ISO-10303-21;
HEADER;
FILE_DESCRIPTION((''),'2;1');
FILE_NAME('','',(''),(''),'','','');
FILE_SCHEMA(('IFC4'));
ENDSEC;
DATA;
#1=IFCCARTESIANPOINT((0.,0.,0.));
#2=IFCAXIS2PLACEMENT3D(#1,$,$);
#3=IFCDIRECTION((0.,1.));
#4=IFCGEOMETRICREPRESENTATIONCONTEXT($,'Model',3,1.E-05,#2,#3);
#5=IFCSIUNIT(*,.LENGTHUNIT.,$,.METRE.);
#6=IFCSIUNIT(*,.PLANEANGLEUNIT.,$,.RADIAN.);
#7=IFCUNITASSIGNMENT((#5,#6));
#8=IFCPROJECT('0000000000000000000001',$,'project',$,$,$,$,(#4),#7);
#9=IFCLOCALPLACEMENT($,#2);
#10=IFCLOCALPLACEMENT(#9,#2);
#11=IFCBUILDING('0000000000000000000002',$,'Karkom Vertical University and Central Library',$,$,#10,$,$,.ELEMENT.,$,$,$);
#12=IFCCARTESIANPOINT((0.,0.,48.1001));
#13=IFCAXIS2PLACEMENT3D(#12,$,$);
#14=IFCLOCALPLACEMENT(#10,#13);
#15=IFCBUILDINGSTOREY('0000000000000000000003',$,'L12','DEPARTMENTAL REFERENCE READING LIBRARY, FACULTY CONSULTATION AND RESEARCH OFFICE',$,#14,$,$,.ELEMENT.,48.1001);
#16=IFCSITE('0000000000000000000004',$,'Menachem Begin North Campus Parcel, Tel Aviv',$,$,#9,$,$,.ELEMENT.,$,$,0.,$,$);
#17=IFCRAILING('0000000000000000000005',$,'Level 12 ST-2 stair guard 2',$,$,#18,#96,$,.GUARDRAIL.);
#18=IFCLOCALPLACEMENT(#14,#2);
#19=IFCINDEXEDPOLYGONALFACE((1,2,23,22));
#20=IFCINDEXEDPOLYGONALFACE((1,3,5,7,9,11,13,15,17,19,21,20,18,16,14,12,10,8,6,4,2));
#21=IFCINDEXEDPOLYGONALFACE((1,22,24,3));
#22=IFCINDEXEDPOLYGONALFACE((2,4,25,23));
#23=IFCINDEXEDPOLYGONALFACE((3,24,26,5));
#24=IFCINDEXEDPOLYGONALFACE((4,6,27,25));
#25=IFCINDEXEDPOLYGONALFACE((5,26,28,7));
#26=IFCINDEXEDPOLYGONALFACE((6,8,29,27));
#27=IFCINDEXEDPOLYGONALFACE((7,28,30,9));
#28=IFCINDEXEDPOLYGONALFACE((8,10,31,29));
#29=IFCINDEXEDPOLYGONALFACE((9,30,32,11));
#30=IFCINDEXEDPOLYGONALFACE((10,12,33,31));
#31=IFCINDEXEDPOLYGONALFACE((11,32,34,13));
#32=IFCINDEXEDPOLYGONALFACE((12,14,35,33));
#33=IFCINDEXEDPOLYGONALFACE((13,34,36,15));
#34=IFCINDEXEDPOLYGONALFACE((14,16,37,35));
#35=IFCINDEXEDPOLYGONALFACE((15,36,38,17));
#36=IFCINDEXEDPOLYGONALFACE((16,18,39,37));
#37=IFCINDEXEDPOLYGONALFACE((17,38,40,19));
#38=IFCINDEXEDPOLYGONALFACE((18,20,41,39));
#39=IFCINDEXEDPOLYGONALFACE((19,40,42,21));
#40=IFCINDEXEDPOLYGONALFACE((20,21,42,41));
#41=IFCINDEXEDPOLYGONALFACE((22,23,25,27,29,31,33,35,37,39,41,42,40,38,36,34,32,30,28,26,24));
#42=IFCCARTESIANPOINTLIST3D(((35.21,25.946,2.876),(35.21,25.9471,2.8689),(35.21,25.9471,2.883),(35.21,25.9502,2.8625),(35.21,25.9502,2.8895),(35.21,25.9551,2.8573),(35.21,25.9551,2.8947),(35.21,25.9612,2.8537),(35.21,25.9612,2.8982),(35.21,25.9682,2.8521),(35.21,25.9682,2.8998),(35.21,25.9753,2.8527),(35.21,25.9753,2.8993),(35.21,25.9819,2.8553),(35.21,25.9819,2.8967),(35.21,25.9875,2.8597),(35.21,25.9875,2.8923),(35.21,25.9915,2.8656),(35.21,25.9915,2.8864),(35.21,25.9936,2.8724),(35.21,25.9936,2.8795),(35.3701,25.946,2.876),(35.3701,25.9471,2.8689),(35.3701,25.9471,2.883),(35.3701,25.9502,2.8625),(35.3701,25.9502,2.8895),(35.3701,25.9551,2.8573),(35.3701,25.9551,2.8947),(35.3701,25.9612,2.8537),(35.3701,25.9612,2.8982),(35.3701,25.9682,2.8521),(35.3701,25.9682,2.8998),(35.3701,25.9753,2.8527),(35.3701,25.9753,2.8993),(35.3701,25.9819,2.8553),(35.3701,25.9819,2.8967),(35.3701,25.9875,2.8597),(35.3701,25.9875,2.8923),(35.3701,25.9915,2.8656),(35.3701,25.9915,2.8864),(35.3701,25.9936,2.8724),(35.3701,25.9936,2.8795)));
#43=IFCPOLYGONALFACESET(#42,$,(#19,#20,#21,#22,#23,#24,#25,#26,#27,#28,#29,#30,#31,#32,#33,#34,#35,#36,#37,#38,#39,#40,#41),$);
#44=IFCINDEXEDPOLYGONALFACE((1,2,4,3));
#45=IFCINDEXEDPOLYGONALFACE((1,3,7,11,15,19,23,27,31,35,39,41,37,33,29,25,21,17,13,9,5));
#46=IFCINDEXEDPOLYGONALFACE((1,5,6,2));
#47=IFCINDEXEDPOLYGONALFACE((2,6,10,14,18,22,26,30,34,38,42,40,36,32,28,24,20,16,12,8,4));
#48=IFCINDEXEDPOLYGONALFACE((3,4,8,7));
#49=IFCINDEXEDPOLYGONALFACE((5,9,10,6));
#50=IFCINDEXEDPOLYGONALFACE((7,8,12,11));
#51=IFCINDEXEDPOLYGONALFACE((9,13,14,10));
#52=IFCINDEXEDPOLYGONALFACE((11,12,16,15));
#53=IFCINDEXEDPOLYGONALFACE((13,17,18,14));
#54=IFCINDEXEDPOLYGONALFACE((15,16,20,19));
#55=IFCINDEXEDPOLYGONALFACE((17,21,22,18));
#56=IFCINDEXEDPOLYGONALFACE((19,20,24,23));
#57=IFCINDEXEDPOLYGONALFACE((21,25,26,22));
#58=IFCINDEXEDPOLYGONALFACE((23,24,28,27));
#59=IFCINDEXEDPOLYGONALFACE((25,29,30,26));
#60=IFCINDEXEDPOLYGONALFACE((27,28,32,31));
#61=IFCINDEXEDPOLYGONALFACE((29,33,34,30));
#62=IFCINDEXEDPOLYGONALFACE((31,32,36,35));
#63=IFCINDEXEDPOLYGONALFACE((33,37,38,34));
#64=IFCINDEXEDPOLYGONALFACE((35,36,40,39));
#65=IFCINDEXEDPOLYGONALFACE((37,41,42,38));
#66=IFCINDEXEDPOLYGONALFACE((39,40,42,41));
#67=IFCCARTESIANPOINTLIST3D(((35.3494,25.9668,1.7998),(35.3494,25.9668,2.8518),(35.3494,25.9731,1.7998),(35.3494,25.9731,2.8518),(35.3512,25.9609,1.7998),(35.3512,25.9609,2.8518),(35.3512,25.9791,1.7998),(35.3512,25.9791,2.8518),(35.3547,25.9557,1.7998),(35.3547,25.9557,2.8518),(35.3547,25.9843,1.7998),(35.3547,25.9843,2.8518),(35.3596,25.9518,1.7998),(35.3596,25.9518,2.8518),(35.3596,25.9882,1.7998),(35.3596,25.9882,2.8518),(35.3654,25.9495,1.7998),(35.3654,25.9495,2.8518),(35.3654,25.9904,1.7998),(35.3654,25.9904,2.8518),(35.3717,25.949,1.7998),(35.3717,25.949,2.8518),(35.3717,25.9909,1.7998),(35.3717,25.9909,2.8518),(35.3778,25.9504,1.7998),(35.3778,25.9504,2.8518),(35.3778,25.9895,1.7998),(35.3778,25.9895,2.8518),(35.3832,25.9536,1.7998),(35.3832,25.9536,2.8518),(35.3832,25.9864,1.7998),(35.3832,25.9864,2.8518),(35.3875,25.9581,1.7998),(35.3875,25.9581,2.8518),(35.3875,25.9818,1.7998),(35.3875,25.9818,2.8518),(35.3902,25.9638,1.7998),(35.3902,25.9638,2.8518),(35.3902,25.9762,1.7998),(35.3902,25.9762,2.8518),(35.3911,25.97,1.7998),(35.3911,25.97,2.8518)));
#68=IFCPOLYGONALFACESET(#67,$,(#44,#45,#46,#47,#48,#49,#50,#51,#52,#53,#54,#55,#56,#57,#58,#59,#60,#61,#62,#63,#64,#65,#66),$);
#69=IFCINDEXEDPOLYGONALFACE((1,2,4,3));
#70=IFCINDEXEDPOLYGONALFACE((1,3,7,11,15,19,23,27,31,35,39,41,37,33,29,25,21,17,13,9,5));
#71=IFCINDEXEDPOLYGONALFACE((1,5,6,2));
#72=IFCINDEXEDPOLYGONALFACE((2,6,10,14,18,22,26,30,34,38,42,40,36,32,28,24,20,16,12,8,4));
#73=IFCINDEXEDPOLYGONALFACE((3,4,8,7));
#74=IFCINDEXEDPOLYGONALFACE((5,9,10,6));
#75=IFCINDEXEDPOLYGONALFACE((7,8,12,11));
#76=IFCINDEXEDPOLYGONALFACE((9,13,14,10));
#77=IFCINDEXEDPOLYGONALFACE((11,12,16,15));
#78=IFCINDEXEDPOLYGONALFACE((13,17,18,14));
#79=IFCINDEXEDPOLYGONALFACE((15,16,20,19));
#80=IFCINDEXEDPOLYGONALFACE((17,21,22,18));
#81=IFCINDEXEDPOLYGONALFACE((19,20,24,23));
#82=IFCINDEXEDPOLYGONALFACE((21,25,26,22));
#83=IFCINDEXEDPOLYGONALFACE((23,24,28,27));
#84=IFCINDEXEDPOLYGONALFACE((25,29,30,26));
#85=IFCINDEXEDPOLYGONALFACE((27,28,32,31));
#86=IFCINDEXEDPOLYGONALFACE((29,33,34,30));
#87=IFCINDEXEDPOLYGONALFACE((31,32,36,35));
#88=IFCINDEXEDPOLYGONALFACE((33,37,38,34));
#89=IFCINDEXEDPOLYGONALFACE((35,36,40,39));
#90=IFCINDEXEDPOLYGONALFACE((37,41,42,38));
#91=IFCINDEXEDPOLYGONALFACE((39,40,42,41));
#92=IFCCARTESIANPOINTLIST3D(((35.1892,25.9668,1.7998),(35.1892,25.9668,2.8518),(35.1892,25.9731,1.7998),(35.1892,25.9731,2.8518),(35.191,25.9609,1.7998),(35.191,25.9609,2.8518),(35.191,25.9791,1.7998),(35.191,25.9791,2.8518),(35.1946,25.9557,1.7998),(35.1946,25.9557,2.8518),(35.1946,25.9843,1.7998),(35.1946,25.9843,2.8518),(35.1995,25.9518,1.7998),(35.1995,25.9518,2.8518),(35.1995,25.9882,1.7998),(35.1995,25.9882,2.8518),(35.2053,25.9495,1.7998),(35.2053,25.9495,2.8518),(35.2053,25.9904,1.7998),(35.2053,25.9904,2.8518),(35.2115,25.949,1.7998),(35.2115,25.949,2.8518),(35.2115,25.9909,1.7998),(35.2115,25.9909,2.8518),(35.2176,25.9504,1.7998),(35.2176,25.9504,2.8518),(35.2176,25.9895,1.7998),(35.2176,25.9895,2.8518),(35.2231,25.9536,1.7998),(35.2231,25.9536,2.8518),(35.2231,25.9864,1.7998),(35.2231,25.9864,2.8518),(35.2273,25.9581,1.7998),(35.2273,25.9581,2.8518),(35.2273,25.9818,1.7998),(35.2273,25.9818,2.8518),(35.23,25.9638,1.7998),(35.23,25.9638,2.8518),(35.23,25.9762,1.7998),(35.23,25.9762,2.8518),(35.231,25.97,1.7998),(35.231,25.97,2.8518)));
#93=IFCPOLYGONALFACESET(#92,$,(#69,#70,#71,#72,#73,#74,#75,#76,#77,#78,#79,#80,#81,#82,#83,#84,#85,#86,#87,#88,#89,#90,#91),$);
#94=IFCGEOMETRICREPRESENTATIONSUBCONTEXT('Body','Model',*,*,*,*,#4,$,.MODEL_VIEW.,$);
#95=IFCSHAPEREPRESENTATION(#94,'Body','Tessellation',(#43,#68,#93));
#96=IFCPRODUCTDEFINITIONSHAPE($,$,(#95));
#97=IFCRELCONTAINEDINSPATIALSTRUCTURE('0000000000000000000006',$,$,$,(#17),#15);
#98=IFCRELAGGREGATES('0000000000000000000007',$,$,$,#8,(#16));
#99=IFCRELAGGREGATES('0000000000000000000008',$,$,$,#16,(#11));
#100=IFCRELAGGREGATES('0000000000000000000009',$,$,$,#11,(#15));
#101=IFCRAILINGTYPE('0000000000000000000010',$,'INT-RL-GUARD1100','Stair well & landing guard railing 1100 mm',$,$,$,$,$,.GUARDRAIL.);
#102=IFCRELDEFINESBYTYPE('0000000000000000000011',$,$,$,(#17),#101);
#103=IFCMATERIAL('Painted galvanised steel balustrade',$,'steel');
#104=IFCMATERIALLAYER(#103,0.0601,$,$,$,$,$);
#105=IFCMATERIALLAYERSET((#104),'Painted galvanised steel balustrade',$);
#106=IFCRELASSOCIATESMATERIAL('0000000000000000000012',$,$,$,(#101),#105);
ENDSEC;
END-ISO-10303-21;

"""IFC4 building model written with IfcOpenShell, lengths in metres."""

from ifc_helpers import new_model, si_unit, direction, frame, origin, origin_2d, place, context, subcontext, project, spatial, circle, extrude, material, layer, layer_set, type_object, element, save


model = new_model("IFC4")

# Units and contexts
model_context = context("Model", 3, precision=1e-05, world=origin(), true_north=direction((0.0, 1.0)))
body_context = subcontext(model_context, "Body", "Model", "MODEL_VIEW")
ifc_project = project(units=[si_unit("LENGTHUNIT", "METRE"), si_unit("PLANEANGLEUNIT", "RADIAN")], contexts=[model_context])

# Site, building, storey
site_placement = place(None, origin())
site = spatial("IfcSite", under=ifc_project, at=site_placement, Name="Menachem Begin North Campus Parcel, Tel Aviv", CompositionType="ELEMENT", RefElevation=0.0)
building_placement = place(site_placement, origin())
building = spatial("IfcBuilding", under=site, at=building_placement, Name="Karkom Vertical University and Central Library", CompositionType="ELEMENT")
storey_placement = place(building_placement, frame((0.0, 0.0, 48.1001)))
storey = spatial("IfcBuildingStorey", under=building, at=storey_placement, Name="L12", Description="DEPARTMENTAL REFERENCE READING LIBRARY, FACULTY CONSULTATION AND RESEARCH OFFICE", CompositionType="ELEMENT", Elevation=48.1001)

# Railing
ifc_material_1 = material(Name="Painted galvanised steel balustrade", Category="steel")
ifc_layer_1 = layer(ifc_material_1, 0.0601)
ifc_layer_set_1 = layer_set([ifc_layer_1], Name="Painted galvanised steel balustrade")
railing_type = type_object("IfcRailingType", Name="INT-RL-GUARD1100", Description="Stair well & landing guard railing 1100 mm", PredefinedType="GUARDRAIL", material=ifc_layer_set_1)
railing_1_placement = place(storey_placement, frame((35.3701, 25.97, 1.7998)))
element("IfcRailing", 1, at=railing_1_placement, inside=storey, type_object=railing_type, Name="Level 12 ST-2 stair guard 2", PredefinedType="GUARDRAIL", context=body_context, shape_type="SweptSolid", body=[
    extrude(circle(Radius=0.0239, at=origin_2d()), frame((0.0, 0.0, 1.0762), z_axis=(-1.0, 0.0, 0.0), x_axis=(0.0, -1.0, 0.0)), (0.0, 0.0, 1.0), 0.1602),
    extrude(circle(Radius=0.021, at=origin_2d()), origin(), (0.0, 0.0, 1.0), 1.052),
    extrude(circle(Radius=0.021, at=origin_2d()), frame((-0.1602, 0.0, 0.0)), (0.0, 0.0, 1.0), 1.052),
])

save(model, "model.ifc")
